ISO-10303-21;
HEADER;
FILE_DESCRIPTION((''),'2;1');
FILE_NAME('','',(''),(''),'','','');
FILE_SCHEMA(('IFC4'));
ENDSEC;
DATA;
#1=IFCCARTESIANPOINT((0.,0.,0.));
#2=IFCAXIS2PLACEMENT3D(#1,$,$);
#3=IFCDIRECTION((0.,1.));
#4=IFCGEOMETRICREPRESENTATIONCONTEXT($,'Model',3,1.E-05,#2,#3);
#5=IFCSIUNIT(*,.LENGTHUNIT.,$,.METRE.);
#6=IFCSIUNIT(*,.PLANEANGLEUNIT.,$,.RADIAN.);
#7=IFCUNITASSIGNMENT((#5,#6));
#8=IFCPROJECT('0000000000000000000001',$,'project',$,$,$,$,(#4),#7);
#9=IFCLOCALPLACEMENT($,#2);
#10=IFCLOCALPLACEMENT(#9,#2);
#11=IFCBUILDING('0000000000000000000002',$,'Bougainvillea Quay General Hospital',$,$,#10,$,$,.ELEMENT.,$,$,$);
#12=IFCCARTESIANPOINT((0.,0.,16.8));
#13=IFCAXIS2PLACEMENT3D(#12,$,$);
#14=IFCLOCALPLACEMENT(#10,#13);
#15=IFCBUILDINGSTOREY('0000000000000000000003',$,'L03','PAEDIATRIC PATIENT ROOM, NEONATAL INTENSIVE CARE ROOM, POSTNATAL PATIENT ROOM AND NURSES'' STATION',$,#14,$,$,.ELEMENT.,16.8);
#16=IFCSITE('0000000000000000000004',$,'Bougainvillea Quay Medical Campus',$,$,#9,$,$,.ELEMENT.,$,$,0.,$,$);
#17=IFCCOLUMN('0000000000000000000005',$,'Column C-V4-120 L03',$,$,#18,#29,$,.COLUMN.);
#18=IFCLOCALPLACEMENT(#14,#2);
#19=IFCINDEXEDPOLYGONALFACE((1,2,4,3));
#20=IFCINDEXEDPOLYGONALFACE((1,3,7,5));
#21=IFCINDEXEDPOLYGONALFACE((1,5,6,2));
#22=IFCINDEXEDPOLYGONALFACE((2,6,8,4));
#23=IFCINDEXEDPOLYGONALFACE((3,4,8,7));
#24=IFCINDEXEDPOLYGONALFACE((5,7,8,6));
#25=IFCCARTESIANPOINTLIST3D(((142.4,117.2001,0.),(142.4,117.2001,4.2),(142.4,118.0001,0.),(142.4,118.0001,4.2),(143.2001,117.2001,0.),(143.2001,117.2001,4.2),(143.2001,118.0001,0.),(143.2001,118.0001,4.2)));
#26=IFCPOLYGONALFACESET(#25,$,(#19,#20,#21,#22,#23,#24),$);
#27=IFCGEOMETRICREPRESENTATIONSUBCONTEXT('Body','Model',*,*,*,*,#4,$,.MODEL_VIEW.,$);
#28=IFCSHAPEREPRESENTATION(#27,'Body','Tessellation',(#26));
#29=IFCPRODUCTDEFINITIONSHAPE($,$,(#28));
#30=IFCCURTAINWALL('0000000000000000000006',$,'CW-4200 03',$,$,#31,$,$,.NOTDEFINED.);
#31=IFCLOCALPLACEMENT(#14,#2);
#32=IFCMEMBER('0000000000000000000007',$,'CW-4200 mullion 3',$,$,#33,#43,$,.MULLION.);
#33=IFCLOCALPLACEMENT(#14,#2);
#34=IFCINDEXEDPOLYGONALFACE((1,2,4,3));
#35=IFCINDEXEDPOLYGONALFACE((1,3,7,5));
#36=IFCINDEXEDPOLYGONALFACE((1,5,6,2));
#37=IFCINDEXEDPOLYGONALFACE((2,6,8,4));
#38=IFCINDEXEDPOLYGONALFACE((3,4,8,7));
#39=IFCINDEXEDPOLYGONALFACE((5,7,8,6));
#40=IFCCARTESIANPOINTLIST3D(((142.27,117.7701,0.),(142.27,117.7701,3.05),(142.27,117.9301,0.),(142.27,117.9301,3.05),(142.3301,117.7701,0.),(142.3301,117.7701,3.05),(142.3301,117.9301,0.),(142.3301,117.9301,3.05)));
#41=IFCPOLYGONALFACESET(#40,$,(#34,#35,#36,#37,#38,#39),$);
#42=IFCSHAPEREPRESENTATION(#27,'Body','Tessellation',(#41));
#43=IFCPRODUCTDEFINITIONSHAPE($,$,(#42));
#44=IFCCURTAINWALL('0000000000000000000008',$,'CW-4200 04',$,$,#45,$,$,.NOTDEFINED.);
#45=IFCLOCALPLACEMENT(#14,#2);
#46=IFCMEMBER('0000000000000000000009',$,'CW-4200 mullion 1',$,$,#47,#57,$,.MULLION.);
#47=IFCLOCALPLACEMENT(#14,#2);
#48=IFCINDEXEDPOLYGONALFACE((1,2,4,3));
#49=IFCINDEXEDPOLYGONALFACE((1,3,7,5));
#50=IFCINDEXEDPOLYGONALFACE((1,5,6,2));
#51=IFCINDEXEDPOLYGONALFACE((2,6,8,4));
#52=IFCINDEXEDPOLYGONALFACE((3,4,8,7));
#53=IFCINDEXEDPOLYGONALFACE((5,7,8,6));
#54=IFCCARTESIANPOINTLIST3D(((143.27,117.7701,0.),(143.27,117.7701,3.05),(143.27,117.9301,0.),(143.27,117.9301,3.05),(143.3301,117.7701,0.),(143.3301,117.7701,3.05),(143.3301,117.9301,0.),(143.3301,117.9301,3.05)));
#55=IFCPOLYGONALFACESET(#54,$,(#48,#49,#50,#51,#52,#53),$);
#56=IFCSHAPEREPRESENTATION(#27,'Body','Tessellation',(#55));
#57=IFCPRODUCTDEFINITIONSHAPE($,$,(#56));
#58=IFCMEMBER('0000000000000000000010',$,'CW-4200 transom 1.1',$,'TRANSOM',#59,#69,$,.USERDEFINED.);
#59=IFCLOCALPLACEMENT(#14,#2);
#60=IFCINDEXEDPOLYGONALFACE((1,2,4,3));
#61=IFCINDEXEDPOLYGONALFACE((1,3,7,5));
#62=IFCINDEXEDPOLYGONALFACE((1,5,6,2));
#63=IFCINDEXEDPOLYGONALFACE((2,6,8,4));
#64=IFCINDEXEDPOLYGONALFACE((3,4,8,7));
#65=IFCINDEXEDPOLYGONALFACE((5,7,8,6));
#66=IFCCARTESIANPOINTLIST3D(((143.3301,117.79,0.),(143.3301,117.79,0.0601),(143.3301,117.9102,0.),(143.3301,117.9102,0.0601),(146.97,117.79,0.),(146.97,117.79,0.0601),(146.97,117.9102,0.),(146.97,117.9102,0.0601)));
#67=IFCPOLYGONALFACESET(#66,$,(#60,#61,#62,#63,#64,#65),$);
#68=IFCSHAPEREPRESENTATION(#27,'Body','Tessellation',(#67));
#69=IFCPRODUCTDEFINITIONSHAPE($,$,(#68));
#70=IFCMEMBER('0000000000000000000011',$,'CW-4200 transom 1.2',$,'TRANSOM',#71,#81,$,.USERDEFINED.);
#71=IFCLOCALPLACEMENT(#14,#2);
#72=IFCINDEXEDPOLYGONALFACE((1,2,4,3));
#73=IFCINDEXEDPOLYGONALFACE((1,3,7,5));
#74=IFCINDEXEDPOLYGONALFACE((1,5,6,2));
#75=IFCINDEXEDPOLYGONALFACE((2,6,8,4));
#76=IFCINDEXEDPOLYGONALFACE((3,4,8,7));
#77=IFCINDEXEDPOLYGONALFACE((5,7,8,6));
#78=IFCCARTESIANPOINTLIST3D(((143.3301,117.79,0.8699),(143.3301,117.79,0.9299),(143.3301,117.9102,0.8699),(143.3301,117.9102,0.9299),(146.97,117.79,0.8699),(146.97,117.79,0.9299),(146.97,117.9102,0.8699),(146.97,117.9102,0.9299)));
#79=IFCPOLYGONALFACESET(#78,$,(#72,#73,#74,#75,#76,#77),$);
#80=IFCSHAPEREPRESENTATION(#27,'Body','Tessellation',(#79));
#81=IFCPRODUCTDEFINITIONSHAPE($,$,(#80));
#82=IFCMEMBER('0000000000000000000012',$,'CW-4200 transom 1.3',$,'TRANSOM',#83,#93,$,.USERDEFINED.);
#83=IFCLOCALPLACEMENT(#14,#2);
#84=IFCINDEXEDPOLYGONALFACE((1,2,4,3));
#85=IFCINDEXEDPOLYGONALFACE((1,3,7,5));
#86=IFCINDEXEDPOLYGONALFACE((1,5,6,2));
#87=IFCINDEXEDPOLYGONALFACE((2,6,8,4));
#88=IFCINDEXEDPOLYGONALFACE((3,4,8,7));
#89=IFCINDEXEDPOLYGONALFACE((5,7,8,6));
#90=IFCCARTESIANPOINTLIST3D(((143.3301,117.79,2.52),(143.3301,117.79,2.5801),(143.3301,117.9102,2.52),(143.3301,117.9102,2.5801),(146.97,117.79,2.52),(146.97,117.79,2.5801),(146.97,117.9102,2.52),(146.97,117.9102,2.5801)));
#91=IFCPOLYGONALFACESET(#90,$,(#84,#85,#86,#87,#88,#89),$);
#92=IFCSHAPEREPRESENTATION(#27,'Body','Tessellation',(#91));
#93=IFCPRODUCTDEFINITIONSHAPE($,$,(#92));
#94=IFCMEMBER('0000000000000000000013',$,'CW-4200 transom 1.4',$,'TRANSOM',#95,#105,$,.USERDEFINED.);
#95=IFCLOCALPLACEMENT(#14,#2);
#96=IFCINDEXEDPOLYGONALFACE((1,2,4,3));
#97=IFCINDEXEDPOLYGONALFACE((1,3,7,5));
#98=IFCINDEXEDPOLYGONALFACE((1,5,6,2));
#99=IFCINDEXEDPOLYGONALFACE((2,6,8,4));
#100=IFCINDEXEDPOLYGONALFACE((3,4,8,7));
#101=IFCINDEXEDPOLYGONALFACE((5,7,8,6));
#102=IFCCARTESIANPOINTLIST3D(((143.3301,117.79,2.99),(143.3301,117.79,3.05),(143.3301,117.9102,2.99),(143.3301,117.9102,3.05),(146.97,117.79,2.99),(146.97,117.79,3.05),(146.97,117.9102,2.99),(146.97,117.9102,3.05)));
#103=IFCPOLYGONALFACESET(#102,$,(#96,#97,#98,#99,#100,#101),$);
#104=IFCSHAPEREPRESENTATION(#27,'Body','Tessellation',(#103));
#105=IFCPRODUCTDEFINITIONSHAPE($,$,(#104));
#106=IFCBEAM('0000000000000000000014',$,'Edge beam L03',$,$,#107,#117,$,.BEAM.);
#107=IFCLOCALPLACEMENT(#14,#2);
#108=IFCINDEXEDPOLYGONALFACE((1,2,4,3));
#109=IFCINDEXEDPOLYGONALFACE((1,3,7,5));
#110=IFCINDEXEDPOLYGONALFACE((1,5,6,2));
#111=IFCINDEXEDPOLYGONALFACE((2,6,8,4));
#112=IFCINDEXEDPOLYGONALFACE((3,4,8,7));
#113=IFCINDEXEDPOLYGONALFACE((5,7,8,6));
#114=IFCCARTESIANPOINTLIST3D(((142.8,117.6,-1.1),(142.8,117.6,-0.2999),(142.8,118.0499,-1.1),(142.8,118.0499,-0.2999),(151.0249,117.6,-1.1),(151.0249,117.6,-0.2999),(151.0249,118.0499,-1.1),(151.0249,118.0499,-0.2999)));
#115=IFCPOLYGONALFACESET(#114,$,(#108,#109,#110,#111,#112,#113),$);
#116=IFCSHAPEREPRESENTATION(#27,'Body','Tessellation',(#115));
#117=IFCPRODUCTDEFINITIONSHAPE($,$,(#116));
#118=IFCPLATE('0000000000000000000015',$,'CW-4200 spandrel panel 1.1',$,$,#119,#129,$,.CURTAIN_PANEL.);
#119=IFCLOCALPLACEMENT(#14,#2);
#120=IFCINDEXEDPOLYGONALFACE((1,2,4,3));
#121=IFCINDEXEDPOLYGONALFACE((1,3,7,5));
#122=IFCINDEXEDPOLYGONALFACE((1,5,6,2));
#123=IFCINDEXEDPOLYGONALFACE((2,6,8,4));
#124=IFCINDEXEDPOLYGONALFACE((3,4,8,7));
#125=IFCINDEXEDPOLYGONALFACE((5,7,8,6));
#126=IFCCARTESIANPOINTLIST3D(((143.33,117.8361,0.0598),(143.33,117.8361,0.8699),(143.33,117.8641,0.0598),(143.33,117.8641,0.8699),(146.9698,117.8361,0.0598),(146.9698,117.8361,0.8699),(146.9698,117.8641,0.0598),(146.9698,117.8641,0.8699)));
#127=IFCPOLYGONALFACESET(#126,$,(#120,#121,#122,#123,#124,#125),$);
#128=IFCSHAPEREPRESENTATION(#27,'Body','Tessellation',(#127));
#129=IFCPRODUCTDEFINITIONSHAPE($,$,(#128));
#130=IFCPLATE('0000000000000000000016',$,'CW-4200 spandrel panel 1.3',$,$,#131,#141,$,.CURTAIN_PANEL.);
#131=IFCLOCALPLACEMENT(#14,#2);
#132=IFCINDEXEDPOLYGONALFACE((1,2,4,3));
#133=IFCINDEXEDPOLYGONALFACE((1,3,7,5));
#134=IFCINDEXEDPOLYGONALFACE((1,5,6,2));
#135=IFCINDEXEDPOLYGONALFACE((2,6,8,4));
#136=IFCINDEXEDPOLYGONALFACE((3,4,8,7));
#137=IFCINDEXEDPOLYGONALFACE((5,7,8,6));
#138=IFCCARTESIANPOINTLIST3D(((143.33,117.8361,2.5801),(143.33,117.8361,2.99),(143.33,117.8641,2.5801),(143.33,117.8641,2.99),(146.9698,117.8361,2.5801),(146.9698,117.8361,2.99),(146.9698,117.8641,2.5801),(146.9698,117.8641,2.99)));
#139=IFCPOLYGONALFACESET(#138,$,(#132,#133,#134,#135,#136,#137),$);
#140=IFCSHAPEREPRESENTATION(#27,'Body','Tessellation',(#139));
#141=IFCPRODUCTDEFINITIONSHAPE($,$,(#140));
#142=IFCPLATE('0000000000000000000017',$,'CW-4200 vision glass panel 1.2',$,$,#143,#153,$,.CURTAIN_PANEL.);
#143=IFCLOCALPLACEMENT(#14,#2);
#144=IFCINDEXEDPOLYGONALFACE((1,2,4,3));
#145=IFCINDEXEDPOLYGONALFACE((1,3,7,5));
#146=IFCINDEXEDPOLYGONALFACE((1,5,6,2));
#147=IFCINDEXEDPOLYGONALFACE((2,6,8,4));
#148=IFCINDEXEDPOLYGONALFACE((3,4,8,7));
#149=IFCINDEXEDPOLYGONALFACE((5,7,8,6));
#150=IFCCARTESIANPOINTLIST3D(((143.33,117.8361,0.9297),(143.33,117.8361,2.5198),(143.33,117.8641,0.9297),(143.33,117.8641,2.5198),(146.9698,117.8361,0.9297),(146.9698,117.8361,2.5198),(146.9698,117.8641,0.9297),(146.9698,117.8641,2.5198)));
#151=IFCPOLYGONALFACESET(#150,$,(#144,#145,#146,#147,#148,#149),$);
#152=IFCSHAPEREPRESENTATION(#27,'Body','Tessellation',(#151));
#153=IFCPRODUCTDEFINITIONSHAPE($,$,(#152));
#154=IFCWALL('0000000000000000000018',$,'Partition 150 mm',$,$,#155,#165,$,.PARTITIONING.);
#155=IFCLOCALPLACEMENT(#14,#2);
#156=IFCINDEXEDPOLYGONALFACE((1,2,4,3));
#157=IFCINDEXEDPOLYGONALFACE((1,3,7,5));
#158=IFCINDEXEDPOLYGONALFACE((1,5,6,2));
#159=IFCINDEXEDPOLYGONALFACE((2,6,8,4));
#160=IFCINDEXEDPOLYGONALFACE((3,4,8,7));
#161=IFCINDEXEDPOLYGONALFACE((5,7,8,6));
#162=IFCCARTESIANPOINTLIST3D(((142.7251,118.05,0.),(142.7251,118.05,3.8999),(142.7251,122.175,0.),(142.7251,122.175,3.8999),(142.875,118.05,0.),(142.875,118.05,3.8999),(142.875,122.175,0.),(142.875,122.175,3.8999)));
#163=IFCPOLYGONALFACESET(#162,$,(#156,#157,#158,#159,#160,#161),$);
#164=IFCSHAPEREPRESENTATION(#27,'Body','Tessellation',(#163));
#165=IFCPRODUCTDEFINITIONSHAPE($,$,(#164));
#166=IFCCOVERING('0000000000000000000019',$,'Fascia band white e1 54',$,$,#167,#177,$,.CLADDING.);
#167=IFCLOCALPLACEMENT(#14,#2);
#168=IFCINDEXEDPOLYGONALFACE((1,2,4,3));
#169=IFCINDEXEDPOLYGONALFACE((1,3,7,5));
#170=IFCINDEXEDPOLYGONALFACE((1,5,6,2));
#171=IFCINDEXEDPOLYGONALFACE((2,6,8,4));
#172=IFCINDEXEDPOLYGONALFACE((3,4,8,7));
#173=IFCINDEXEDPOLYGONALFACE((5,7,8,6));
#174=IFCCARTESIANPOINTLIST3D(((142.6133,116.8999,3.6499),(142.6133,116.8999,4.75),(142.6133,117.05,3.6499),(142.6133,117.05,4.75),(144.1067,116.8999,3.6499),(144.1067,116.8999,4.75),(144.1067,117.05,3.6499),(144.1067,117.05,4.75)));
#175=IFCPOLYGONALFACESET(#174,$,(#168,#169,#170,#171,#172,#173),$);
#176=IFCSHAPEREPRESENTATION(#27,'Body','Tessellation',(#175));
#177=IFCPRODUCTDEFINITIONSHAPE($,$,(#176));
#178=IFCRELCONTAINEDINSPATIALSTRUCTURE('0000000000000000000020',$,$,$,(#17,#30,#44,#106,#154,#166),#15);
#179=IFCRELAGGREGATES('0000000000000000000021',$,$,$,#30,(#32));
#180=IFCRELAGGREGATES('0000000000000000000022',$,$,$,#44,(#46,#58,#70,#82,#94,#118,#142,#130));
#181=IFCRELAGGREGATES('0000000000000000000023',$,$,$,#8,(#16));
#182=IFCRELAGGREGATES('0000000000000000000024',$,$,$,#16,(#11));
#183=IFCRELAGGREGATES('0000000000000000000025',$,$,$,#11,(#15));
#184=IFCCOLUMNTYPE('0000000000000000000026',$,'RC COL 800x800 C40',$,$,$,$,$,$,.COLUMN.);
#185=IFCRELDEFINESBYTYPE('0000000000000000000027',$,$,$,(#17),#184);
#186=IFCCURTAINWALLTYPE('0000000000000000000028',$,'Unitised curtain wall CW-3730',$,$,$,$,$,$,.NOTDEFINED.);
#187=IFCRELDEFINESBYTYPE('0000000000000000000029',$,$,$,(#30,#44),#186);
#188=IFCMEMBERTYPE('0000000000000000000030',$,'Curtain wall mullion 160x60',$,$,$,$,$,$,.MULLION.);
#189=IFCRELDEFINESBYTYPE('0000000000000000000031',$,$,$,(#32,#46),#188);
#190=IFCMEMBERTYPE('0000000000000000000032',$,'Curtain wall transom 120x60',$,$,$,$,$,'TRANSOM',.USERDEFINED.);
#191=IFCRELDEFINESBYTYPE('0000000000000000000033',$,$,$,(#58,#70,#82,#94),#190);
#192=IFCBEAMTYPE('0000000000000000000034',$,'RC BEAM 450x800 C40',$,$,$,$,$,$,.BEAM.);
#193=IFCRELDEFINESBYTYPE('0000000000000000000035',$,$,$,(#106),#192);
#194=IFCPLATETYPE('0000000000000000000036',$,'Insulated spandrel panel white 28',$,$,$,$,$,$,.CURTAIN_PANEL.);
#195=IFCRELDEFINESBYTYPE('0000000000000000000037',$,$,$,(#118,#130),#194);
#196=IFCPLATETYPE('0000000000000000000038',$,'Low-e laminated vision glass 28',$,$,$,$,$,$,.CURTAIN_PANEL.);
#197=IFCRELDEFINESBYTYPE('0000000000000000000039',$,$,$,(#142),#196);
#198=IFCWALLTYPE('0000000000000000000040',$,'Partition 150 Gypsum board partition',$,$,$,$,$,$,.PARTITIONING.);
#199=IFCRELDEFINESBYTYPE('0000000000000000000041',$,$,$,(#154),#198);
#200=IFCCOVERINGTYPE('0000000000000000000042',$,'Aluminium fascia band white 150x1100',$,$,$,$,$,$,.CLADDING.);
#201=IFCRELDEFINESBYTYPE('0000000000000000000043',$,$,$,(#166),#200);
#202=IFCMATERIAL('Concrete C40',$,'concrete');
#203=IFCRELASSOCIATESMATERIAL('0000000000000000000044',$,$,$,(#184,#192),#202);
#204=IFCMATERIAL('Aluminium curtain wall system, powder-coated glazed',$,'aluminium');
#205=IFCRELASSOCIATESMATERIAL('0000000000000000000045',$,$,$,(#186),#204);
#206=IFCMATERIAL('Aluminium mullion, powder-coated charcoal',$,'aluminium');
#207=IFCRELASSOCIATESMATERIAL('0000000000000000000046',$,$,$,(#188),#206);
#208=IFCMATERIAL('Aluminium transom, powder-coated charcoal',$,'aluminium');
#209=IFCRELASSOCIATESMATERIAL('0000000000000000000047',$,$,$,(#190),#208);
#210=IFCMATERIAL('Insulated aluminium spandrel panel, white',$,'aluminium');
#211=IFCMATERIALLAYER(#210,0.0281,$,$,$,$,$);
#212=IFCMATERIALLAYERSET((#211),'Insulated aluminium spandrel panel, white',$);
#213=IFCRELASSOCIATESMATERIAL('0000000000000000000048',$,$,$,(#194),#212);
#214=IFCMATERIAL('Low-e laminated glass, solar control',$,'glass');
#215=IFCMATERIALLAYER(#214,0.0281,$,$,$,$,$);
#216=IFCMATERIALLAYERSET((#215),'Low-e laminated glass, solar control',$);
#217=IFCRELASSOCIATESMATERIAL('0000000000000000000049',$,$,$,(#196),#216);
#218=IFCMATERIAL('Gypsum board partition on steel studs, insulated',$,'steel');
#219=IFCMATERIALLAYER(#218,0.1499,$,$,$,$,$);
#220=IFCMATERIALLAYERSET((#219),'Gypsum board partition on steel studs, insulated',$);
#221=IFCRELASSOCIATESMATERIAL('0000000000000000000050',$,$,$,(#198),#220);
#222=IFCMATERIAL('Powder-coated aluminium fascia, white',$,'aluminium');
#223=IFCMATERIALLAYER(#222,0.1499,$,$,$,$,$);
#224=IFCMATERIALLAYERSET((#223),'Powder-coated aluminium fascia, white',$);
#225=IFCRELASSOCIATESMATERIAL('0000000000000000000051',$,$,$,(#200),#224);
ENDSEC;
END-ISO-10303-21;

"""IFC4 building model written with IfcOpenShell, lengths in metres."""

from ifc_helpers import new_model, si_unit, direction, frame, frame_2d, origin, origin_2d, place, context, subcontext, project, spatial, polyline, rectangle, outline, extrude, material, layer, layer_set, material_profile, profile_set, type_object, element, aggregate, save


model = new_model("IFC4")

# Units and contexts
model_context = context("Model", 3, precision=1e-05, world=origin(), true_north=direction((0.0, 1.0)))
body_context = subcontext(model_context, "Body", "Model", "MODEL_VIEW")
ifc_project = project(units=[si_unit("LENGTHUNIT", "METRE"), si_unit("PLANEANGLEUNIT", "RADIAN")], contexts=[model_context])

# Site, building, storey
site_placement = place(None, origin())
site = spatial("IfcSite", under=ifc_project, at=site_placement, Name="Bougainvillea Quay Medical Campus", CompositionType="ELEMENT", RefElevation=0.0)
building_placement = place(site_placement, origin())
building = spatial("IfcBuilding", under=site, at=building_placement, Name="Bougainvillea Quay General Hospital", CompositionType="ELEMENT")
storey_placement = place(building_placement, frame((0.0, 0.0, 16.8)))
storey = spatial("IfcBuildingStorey", under=building, at=storey_placement, Name="L03", Description="PAEDIATRIC PATIENT ROOM, NEONATAL INTENSIVE CARE ROOM, POSTNATAL PATIENT ROOM AND NURSES' STATION", CompositionType="ELEMENT", Elevation=16.8)

# Column
ifc_material_1 = material(Name="Concrete C40", Category="concrete")
ifc_material_profile_1 = material_profile(ifc_material_1, rectangle(XDim=0.8, YDim=0.8, at=origin_2d()))
ifc_profile_set_1 = profile_set([ifc_material_profile_1], Name="Concrete C40")
column_type = type_object("IfcColumnType", Name="RC COL 800x800 C40", PredefinedType="COLUMN", material=ifc_profile_set_1)
column_placement = place(storey_placement, frame((142.8, 117.6001, 0.0), z_axis=(0.0, 0.0, 1.0), x_axis=(1.0, 0.0, 0.0)))
element("IfcColumn", 1, at=column_placement, inside=storey, type_object=column_type, Name="Column C-V4-120 L03", PredefinedType="COLUMN", context=body_context, shape_type="SweptSolid", body=[
    extrude(rectangle(XDim=0.8, YDim=0.8, at=origin_2d()), origin(), (0.0, 0.0, 1.0), 4.2),
])

# Curtain wall, member
ifc_material_2 = material(Name="Aluminium curtain wall system, powder-coated glazed", Category="aluminium")
curtain_wall_type = type_object("IfcCurtainWallType", Name="Unitised curtain wall CW-3730", PredefinedType="NOTDEFINED", material=ifc_material_2)
curtain_wall_1_placement = place(storey_placement, origin())
curtain_wall_1 = element("IfcCurtainWall", 2, at=curtain_wall_1_placement, inside=storey, type_object=curtain_wall_type, Name="CW-4200 03", PredefinedType="NOTDEFINED")
ifc_material_3 = material(Name="Aluminium mullion, powder-coated charcoal", Category="aluminium")
ifc_material_profile_2 = material_profile(ifc_material_3, rectangle(XDim=0.1599, YDim=0.0601, at=origin_2d()))
ifc_profile_set_2 = profile_set([ifc_material_profile_2], Name="Aluminium mullion, powder-coated charcoal")
member_type_1 = type_object("IfcMemberType", Name="Curtain wall mullion 160x60", PredefinedType="MULLION", material=ifc_profile_set_2)
member_1_placement = place(storey_placement, frame((142.3, 117.8501, 0.0), z_axis=(0.0, 0.0, 1.0), x_axis=(0.0, 1.0, 0.0)))
member_1 = element("IfcMember", 3, at=member_1_placement, type_object=member_type_1, Name="CW-4200 mullion 3", PredefinedType="MULLION", context=body_context, shape_type="SweptSolid", body=[
    extrude(rectangle(XDim=0.1599, YDim=0.0601, at=origin_2d()), origin(), (0.0, 0.0, 1.0), 3.05),
])
aggregate(curtain_wall_1, [member_1])

# Curtain wall, members
curtain_wall_2_placement = place(storey_placement, origin())
curtain_wall_2 = element("IfcCurtainWall", 4, at=curtain_wall_2_placement, inside=storey, type_object=curtain_wall_type, Name="CW-4200 04", PredefinedType="NOTDEFINED")
member_2_placement = place(storey_placement, frame((143.3, 117.8501, 0.0), z_axis=(0.0, 0.0, 1.0), x_axis=(0.0, 1.0, 0.0)))
member_2 = element("IfcMember", 5, at=member_2_placement, type_object=member_type_1, Name="CW-4200 mullion 1", PredefinedType="MULLION", context=body_context, shape_type="SweptSolid", body=[
    extrude(rectangle(XDim=0.1599, YDim=0.0601, at=origin_2d()), origin(), (0.0, 0.0, 1.0), 3.05),
])
ifc_material_4 = material(Name="Aluminium transom, powder-coated charcoal", Category="aluminium")
ifc_material_profile_3 = material_profile(ifc_material_4, rectangle(XDim=0.1201, YDim=0.0601, at=origin_2d()))
ifc_profile_set_3 = profile_set([ifc_material_profile_3], Name="Aluminium transom, powder-coated charcoal")
member_type_2 = type_object("IfcMemberType", Name="Curtain wall transom 120x60", ElementType="TRANSOM", PredefinedType="USERDEFINED", material=ifc_profile_set_3)
member_3_placement = place(storey_placement, frame((143.3301, 117.8501, 0.03), z_axis=(1.0, 0.0, 0.0), x_axis=(0.0, 1.0, 0.0)))
member_3 = element("IfcMember", 6, at=member_3_placement, type_object=member_type_2, Name="CW-4200 transom 1.1", ObjectType="TRANSOM", PredefinedType="USERDEFINED", context=body_context, shape_type="SweptSolid", body=[
    extrude(rectangle(XDim=0.1201, YDim=0.0601, at=origin_2d()), origin(), (0.0, 0.0, 1.0), 3.6399),
])
member_4_placement = place(storey_placement, frame((143.3301, 117.8501, 0.8999), z_axis=(1.0, 0.0, 0.0), x_axis=(0.0, 1.0, 0.0)))
member_4 = element("IfcMember", 7, at=member_4_placement, type_object=member_type_2, Name="CW-4200 transom 1.2", ObjectType="TRANSOM", PredefinedType="USERDEFINED", context=body_context, shape_type="SweptSolid", body=[
    extrude(rectangle(XDim=0.1201, YDim=0.0601, at=origin_2d()), origin(), (0.0, 0.0, 1.0), 3.6399),
])
member_5_placement = place(storey_placement, frame((143.3301, 117.8501, 2.55), z_axis=(1.0, 0.0, 0.0), x_axis=(0.0, 1.0, 0.0)))
member_5 = element("IfcMember", 8, at=member_5_placement, type_object=member_type_2, Name="CW-4200 transom 1.3", ObjectType="TRANSOM", PredefinedType="USERDEFINED", context=body_context, shape_type="SweptSolid", body=[
    extrude(rectangle(XDim=0.1201, YDim=0.0601, at=origin_2d()), origin(), (0.0, 0.0, 1.0), 3.6399),
])
member_6_placement = place(storey_placement, frame((143.3301, 117.8501, 3.02), z_axis=(1.0, 0.0, 0.0), x_axis=(0.0, 1.0, 0.0)))
member_6 = element("IfcMember", 9, at=member_6_placement, type_object=member_type_2, Name="CW-4200 transom 1.4", ObjectType="TRANSOM", PredefinedType="USERDEFINED", context=body_context, shape_type="SweptSolid", body=[
    extrude(rectangle(XDim=0.1201, YDim=0.0601, at=origin_2d()), origin(), (0.0, 0.0, 1.0), 3.6399),
])

# Beam
ifc_material_profile_4 = material_profile(ifc_material_1, rectangle(XDim=0.45, YDim=0.8, at=origin_2d()))
ifc_profile_set_4 = profile_set([ifc_material_profile_4], Name="Concrete C40")
beam_type = type_object("IfcBeamType", Name="RC BEAM 450x800 C40", PredefinedType="BEAM", material=ifc_profile_set_4)
beam_placement = place(storey_placement, frame((142.8, 117.825, -0.7), z_axis=(1.0, 0.0, 0.0), x_axis=(0.0, 1.0, 0.0)))
element("IfcBeam", 10, at=beam_placement, inside=storey, type_object=beam_type, Name="Edge beam L03", PredefinedType="BEAM", context=body_context, shape_type="SweptSolid", body=[
    extrude(rectangle(XDim=0.45, YDim=0.8, at=origin_2d()), origin(), (0.0, 0.0, 1.0), 8.2249),
])

# Plates
ifc_material_5 = material(Name="Insulated aluminium spandrel panel, white", Category="aluminium")
ifc_layer_1 = layer(ifc_material_5, 0.0281)
ifc_layer_set_1 = layer_set([ifc_layer_1], Name="Insulated aluminium spandrel panel, white")
plate_type_1 = type_object("IfcPlateType", Name="Insulated spandrel panel white 28", PredefinedType="CURTAIN_PANEL", material=ifc_layer_set_1)
plate_1_placement = place(storey_placement, frame((145.1499, 117.8501, 0.0598), z_axis=(0.0, 0.0, 1.0), x_axis=(1.0, 0.0, 0.0)))
plate_1 = element("IfcPlate", 11, at=plate_1_placement, type_object=plate_type_1, Name="CW-4200 spandrel panel 1.1", PredefinedType="CURTAIN_PANEL", context=body_context, shape_type="SweptSolid", body=[
    extrude(rectangle(XDim=3.6399, YDim=0.0281, at=origin_2d()), origin(), (0.0, 0.0, 1.0), 0.8101),
])
plate_2_placement = place(storey_placement, frame((145.1499, 117.8501, 2.5801), z_axis=(0.0, 0.0, 1.0), x_axis=(1.0, 0.0, 0.0)))
plate_2 = element("IfcPlate", 12, at=plate_2_placement, type_object=plate_type_1, Name="CW-4200 spandrel panel 1.3", PredefinedType="CURTAIN_PANEL", context=body_context, shape_type="SweptSolid", body=[
    extrude(rectangle(XDim=3.6399, YDim=0.0281, at=origin_2d()), origin(), (0.0, 0.0, 1.0), 0.4099),
])
ifc_material_6 = material(Name="Low-e laminated glass, solar control", Category="glass")
ifc_layer_2 = layer(ifc_material_6, 0.0281)
ifc_layer_set_2 = layer_set([ifc_layer_2], Name="Low-e laminated glass, solar control")
plate_type_2 = type_object("IfcPlateType", Name="Low-e laminated vision glass 28", PredefinedType="CURTAIN_PANEL", material=ifc_layer_set_2)
plate_3_placement = place(storey_placement, frame((145.1499, 117.8501, 0.9297), z_axis=(0.0, 0.0, 1.0), x_axis=(1.0, 0.0, 0.0)))
plate_3 = element("IfcPlate", 13, at=plate_3_placement, type_object=plate_type_2, Name="CW-4200 vision glass panel 1.2", PredefinedType="CURTAIN_PANEL", context=body_context, shape_type="SweptSolid", body=[
    extrude(rectangle(XDim=3.6399, YDim=0.0281, at=origin_2d()), origin(), (0.0, 0.0, 1.0), 1.5901),
])
aggregate(curtain_wall_2, [member_2, member_3, member_4, member_5, member_6, plate_1, plate_3, plate_2])

# Wall
ifc_material_7 = material(Name="Gypsum board partition on steel studs, insulated", Category="steel")
ifc_layer_3 = layer(ifc_material_7, 0.1499)
ifc_layer_set_3 = layer_set([ifc_layer_3], Name="Gypsum board partition on steel studs, insulated")
wall_type = type_object("IfcWallType", Name="Partition 150 Gypsum board partition", PredefinedType="PARTITIONING", material=ifc_layer_set_3)
wall_placement = place(storey_placement, frame((142.8, 118.05, 0.0), z_axis=(0.0, 0.0, 1.0), x_axis=(0.0, 1.0, 0.0)))
element("IfcWall", 14, at=wall_placement, inside=storey, type_object=wall_type, Name="Partition 150 mm", PredefinedType="PARTITIONING", context=body_context, shape_type="SweptSolid", body=[
    extrude(rectangle(XDim=4.125, YDim=0.1499, at=frame_2d((2.0625, 0.0))), origin(), (0.0, 0.0, 1.0), 3.8999),
])

# Covering
ifc_material_8 = material(Name="Powder-coated aluminium fascia, white", Category="aluminium")
ifc_layer_4 = layer(ifc_material_8, 0.1499)
ifc_layer_set_4 = layer_set([ifc_layer_4], Name="Powder-coated aluminium fascia, white")
covering_type = type_object("IfcCoveringType", Name="Aluminium fascia band white 150x1100", PredefinedType="CLADDING", material=ifc_layer_set_4)
for number, where, z_axis, x_axis, name in (
    (15, (142.6133, 117.05, 3.6499), (0.0, 0.0, 1.0), (1.0, 0.0, 0.0), "Fascia band white e1 54"),
):
    element("IfcCovering", number, at=place(storey_placement, frame(where, z_axis=z_axis, x_axis=x_axis)), inside=storey, type_object=covering_type, Name=name, PredefinedType="CLADDING", context=body_context, shape_type="SweptSolid", body=[
        extrude(outline(polyline([(0.0, 0.0), (1.4934, 0.0), (1.4934, -0.1501), (0.0, -0.1501), (0.0, 0.0)])), origin(), (0.0, 0.0, 1.0), 1.1001),
    ])

save(model, "model.ifc")
